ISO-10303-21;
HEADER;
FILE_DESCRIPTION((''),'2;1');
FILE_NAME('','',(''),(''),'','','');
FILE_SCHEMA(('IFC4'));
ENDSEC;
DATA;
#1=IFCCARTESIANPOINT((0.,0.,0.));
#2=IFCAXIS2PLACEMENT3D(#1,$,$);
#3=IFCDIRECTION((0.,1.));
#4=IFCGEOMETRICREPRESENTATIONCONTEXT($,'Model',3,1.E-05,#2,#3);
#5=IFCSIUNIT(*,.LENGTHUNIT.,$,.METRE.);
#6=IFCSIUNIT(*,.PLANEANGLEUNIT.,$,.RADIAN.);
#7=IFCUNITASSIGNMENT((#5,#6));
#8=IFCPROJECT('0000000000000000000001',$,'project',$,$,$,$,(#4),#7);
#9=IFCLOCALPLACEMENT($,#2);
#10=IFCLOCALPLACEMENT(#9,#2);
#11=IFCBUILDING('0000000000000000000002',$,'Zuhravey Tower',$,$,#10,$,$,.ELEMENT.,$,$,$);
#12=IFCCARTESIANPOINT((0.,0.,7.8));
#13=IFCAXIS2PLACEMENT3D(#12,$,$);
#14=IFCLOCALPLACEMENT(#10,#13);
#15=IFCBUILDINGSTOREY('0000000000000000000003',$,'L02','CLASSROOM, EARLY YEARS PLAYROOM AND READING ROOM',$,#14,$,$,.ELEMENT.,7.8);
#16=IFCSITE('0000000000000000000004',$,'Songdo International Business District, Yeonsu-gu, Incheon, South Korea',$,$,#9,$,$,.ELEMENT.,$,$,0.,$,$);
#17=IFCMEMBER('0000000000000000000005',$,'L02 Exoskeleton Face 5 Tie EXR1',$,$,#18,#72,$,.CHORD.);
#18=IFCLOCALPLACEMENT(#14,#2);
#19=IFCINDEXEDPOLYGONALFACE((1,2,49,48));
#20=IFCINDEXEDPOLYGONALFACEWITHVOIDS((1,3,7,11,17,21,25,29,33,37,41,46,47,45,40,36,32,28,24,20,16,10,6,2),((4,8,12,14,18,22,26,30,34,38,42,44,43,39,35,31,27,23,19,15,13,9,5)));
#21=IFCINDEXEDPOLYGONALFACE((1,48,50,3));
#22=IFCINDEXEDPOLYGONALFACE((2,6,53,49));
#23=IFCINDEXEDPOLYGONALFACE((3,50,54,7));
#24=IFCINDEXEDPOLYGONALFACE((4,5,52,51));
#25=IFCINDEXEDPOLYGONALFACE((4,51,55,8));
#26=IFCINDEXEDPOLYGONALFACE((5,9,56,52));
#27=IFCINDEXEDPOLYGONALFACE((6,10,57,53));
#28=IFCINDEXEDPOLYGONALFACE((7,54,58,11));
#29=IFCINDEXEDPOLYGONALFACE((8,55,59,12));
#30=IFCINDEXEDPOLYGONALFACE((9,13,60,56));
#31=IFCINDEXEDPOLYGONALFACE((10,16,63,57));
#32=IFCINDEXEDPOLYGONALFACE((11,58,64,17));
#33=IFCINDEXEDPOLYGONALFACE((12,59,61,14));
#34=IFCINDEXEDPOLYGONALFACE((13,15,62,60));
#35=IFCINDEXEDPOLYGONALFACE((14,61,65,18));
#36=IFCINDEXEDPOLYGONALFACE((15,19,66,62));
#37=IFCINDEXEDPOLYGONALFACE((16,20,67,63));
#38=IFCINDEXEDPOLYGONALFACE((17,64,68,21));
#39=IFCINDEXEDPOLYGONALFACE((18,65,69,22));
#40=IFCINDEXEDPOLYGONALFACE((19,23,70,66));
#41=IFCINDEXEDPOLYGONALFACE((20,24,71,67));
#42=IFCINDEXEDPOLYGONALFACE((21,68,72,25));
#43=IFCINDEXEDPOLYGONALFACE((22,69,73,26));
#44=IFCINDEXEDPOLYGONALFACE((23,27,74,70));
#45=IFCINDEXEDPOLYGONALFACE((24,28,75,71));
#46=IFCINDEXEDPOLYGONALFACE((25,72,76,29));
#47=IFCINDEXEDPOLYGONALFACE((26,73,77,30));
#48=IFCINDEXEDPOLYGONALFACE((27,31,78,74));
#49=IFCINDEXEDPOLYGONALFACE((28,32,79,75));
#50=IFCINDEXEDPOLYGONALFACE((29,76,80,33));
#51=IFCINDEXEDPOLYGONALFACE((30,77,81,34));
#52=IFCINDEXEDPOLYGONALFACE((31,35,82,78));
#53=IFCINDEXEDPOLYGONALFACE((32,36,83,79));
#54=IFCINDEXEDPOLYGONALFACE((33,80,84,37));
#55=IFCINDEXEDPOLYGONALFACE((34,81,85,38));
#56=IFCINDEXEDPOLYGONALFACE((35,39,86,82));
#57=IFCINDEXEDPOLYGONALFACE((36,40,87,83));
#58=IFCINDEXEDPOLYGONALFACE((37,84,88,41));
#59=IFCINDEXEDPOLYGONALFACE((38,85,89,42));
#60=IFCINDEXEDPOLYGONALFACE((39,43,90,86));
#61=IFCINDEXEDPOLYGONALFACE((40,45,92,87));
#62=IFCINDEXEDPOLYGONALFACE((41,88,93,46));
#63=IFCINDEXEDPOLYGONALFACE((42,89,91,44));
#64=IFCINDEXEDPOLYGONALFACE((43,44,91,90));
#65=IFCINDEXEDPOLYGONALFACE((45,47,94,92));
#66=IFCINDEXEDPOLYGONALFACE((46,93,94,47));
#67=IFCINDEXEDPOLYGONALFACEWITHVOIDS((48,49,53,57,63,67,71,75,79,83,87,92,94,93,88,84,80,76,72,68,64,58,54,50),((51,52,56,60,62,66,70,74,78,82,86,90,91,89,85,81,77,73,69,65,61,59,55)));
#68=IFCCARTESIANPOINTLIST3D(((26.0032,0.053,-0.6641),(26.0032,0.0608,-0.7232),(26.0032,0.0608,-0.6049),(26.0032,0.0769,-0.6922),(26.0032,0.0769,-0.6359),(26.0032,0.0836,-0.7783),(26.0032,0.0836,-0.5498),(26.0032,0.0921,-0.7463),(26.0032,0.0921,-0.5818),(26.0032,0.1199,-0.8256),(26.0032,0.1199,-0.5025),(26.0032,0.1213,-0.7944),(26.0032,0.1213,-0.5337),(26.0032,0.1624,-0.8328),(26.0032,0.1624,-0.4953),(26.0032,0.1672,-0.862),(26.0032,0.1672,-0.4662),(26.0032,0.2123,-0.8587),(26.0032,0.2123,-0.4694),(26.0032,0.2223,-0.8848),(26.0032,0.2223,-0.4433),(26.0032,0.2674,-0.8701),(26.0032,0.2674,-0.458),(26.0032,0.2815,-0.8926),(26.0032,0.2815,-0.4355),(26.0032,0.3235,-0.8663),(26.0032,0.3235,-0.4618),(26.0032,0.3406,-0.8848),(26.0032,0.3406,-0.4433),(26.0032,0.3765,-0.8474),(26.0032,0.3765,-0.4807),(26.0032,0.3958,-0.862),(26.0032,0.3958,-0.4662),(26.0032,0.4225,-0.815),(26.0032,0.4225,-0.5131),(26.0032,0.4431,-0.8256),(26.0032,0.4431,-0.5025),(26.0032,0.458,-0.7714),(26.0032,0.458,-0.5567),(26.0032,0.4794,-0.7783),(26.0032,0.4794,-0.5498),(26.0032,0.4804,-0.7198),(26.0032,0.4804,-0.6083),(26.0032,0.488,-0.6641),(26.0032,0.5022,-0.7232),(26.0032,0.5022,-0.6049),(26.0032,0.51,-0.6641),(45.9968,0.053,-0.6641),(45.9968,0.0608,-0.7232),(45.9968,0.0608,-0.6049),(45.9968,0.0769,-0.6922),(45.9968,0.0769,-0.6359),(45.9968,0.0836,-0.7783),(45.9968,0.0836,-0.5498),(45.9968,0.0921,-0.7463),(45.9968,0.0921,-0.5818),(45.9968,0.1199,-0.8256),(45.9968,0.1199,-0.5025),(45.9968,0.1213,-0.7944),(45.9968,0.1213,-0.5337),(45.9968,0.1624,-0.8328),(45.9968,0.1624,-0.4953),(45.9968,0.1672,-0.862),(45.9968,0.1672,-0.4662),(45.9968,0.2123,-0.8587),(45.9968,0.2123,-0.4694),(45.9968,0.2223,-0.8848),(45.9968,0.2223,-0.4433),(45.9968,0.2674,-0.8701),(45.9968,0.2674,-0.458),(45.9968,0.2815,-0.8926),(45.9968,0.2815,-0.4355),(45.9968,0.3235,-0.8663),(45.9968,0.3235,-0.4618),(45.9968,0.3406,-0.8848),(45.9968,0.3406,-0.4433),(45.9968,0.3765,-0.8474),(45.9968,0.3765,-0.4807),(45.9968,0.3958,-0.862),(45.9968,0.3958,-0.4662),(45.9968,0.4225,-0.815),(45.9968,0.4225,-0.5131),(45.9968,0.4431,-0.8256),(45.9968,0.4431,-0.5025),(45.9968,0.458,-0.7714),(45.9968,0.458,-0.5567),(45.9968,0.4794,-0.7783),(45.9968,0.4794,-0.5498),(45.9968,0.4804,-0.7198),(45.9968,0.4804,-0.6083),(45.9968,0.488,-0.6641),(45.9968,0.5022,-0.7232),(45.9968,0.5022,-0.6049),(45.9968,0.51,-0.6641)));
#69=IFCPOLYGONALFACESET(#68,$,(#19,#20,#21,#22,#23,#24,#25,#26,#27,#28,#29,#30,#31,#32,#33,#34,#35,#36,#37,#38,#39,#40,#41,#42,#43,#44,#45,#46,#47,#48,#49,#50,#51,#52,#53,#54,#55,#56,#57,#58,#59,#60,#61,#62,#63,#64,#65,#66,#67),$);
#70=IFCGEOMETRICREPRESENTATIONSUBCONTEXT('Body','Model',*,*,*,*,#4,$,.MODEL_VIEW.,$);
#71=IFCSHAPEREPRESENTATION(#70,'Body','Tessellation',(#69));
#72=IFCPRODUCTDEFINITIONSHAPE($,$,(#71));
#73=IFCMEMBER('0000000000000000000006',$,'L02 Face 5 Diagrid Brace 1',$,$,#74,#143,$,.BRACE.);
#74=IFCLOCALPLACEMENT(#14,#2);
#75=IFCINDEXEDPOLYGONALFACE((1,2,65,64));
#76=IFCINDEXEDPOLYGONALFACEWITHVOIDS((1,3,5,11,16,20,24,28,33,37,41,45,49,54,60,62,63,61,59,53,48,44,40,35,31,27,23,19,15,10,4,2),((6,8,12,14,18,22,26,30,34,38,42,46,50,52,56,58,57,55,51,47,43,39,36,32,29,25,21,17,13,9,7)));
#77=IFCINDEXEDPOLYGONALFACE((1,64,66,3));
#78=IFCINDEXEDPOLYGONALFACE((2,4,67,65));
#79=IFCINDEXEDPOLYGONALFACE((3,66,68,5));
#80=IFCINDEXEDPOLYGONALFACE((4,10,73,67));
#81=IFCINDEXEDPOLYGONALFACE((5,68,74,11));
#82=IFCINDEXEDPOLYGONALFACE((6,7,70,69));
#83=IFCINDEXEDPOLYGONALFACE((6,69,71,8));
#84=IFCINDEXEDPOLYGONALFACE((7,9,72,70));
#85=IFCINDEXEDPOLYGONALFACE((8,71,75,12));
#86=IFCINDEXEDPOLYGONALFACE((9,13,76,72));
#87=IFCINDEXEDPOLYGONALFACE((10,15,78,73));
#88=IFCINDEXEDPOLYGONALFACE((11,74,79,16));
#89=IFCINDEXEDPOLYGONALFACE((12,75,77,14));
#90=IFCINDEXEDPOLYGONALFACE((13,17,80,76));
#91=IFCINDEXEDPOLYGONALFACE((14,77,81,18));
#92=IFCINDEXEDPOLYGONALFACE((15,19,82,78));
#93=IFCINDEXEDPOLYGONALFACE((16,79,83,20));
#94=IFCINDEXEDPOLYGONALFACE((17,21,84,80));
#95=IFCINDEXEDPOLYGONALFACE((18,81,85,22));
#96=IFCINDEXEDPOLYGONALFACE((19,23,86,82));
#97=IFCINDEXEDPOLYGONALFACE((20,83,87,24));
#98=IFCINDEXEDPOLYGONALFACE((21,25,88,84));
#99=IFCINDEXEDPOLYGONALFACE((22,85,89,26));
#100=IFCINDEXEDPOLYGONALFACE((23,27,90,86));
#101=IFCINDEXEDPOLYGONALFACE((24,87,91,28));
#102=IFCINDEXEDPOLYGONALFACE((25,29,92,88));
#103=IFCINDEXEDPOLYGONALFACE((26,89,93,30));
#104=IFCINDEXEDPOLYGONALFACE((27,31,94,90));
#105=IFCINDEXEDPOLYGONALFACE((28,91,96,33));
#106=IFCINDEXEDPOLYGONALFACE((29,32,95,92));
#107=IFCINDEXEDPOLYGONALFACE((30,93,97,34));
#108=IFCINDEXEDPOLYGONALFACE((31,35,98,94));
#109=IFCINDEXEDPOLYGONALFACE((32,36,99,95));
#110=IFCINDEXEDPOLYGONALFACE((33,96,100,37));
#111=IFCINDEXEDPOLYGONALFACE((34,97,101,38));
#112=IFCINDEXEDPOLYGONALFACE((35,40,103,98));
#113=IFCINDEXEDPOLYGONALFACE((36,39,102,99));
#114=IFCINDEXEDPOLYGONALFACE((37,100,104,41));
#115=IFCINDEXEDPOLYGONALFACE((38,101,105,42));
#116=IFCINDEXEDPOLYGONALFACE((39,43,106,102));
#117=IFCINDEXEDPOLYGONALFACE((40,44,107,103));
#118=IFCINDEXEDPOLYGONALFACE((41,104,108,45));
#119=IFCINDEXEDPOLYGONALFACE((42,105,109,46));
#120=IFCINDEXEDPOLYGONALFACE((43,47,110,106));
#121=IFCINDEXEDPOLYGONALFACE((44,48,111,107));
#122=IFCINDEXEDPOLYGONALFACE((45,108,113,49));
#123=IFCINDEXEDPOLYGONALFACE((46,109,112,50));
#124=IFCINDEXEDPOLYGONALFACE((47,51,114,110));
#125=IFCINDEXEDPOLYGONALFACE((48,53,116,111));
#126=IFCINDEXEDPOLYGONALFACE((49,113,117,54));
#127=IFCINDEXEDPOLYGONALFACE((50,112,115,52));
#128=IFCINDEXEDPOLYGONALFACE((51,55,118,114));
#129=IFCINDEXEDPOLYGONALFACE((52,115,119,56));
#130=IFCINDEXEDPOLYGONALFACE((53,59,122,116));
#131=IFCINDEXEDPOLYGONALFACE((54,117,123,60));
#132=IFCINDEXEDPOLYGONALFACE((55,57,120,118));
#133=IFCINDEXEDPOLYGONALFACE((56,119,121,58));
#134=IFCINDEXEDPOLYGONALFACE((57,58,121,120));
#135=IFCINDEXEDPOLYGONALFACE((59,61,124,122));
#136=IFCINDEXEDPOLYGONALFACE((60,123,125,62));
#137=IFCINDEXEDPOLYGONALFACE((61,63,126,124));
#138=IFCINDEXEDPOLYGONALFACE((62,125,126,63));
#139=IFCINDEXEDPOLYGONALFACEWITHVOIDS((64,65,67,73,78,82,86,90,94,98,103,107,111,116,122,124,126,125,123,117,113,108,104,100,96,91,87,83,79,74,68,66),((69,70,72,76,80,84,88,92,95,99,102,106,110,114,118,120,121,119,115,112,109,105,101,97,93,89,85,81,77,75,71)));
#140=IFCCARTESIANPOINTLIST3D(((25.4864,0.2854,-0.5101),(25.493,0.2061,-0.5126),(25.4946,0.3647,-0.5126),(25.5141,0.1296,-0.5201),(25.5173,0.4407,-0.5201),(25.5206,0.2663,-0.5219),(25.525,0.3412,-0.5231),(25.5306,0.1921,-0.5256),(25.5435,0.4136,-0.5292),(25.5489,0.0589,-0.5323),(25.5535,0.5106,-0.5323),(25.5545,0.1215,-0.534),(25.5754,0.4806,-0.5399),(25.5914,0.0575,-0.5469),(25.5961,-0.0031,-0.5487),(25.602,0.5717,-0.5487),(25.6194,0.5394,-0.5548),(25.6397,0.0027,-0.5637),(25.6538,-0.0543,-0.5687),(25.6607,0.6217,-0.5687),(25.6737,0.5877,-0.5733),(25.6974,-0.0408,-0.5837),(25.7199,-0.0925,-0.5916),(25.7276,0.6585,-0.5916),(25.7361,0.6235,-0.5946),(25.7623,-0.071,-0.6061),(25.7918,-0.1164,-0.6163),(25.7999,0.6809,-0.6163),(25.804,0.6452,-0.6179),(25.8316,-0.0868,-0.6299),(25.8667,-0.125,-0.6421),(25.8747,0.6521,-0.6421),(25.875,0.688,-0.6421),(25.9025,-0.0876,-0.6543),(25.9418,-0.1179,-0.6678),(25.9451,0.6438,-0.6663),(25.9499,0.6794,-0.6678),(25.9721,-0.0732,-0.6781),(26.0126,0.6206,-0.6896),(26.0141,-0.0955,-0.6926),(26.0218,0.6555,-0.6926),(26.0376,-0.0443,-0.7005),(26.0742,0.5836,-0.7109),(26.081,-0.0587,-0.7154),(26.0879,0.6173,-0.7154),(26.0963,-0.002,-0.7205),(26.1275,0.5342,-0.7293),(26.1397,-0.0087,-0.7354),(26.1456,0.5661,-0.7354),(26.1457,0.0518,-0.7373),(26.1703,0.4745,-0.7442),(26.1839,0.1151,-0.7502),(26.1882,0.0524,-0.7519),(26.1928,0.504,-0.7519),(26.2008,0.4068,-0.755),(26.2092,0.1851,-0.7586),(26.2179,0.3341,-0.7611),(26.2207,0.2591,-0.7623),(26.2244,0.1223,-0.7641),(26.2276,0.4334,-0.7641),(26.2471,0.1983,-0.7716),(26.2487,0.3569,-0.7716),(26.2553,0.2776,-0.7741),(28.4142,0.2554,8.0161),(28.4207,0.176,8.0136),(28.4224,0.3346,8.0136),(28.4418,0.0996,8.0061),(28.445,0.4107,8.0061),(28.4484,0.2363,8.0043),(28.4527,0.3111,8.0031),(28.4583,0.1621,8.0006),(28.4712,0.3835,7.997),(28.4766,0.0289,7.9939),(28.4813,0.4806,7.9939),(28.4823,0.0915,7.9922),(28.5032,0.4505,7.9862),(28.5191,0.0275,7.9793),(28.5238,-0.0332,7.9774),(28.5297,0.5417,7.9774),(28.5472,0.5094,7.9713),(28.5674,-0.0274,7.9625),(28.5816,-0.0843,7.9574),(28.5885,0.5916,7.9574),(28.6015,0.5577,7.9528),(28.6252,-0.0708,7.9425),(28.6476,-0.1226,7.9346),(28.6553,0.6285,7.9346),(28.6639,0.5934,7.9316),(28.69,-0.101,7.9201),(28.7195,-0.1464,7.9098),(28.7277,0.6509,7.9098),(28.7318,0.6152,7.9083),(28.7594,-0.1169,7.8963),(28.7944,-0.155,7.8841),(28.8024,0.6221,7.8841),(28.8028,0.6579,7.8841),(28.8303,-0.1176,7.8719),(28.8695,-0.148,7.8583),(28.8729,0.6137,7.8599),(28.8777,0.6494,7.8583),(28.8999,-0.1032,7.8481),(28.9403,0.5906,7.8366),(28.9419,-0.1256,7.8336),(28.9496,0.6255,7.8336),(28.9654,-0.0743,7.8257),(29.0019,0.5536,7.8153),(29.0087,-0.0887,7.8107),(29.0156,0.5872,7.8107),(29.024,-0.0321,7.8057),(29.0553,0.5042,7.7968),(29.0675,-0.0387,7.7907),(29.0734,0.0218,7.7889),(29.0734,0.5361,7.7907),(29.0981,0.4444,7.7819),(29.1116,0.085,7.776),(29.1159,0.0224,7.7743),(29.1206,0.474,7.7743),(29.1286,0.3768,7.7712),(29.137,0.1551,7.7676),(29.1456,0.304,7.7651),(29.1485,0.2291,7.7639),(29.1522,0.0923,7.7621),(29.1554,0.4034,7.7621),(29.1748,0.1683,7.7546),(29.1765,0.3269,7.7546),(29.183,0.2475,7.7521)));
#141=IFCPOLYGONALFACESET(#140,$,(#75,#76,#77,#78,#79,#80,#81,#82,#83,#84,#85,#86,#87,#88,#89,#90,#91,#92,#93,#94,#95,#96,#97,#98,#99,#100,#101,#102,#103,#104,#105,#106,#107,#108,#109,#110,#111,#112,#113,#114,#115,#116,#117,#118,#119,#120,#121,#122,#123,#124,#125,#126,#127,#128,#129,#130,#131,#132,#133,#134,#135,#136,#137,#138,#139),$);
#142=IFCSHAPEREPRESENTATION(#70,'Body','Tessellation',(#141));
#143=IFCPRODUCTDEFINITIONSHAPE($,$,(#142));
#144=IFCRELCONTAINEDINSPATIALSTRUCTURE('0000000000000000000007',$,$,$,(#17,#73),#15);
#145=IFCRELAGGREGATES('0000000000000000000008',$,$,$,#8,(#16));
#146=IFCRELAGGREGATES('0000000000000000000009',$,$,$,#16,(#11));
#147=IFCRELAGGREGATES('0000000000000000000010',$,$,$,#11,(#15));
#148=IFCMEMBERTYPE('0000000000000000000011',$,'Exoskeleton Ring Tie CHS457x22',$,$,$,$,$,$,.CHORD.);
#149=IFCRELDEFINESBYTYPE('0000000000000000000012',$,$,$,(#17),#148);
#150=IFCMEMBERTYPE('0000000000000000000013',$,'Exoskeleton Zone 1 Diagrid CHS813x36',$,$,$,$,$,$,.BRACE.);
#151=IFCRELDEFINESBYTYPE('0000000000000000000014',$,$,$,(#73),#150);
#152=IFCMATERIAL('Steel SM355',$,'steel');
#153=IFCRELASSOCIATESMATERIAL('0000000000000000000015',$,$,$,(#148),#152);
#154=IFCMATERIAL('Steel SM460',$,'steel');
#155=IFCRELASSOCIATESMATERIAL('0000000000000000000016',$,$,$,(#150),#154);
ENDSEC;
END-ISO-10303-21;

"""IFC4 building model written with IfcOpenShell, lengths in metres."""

from ifc_helpers import new_model, si_unit, direction, frame, origin, origin_2d, place, context, subcontext, project, spatial, hollow_circle, extrude, material, material_profile, profile_set, type_object, element, save


model = new_model("IFC4")

# Units and contexts
model_context = context("Model", 3, precision=1e-05, world=origin(), true_north=direction((0.0, 1.0)))
body_context = subcontext(model_context, "Body", "Model", "MODEL_VIEW")
ifc_project = project(units=[si_unit("LENGTHUNIT", "METRE"), si_unit("PLANEANGLEUNIT", "RADIAN")], contexts=[model_context])

# Site, building, storey
site_placement = place(None, origin())
site = spatial("IfcSite", under=ifc_project, at=site_placement, Name="Songdo International Business District, Yeonsu-gu, Incheon, South Korea", CompositionType="ELEMENT", RefElevation=0.0)
building_placement = place(site_placement, origin())
building = spatial("IfcBuilding", under=site, at=building_placement, Name="Zuhravey Tower", CompositionType="ELEMENT")
storey_placement = place(building_placement, frame((0.0, 0.0, 7.8)))
storey = spatial("IfcBuildingStorey", under=building, at=storey_placement, Name="L02", Description="CLASSROOM, EARLY YEARS PLAYROOM AND READING ROOM", CompositionType="ELEMENT", Elevation=7.8)

# Members
ifc_material_1 = material(Name="Steel SM355", Category="steel")
ifc_material_profile_1 = material_profile(ifc_material_1, hollow_circle(Radius=0.2285, WallThickness=0.022, at=origin_2d()), Name="CHS-457.2x22")
ifc_profile_set_1 = profile_set([ifc_material_profile_1], Name="Steel SM355")
member_type_1 = type_object("IfcMemberType", Name="Exoskeleton Ring Tie CHS457x22", PredefinedType="CHORD", material=ifc_profile_set_1)
member_1_placement = place(storey_placement, frame((26.0032, 0.2815, -0.6641), z_axis=(1.0, 0.0, 0.0), x_axis=(0.0, 1.0, 0.0)))
element("IfcMember", 1, at=member_1_placement, inside=storey, type_object=member_type_1, Name="L02 Exoskeleton Face 5 Tie EXR1", PredefinedType="CHORD", context=body_context, shape_type="SweptSolid", body=[
    extrude(hollow_circle(Radius=0.2285, WallThickness=0.022, at=origin_2d()), origin(), (0.0, 0.0, 1.0), 19.9937),
])
ifc_material_2 = material(Name="Steel SM460", Category="steel")
ifc_material_profile_2 = material_profile(ifc_material_2, hollow_circle(Radius=0.4065, WallThickness=0.0359, at=origin_2d()), Name="CHS-812.8x36")
ifc_profile_set_2 = profile_set([ifc_material_profile_2], Name="Steel SM460")
member_type_2 = type_object("IfcMemberType", Name="Exoskeleton Zone 1 Diagrid CHS813x36", PredefinedType="BRACE", material=ifc_profile_set_2)
member_2_placement = place(storey_placement, frame((25.8708, 0.2815, -0.6421), z_axis=(0.324768, -0.003331, 0.945788), x_axis=(0.010256, 0.999947, 0.0)))
element("IfcMember", 2, at=member_2_placement, inside=storey, type_object=member_type_2, Name="L02 Face 5 Diagrid Brace 1", PredefinedType="BRACE", context=body_context, shape_type="SweptSolid", body=[
    extrude(hollow_circle(Radius=0.4065, WallThickness=0.0359, at=origin_2d()), origin(), (0.0, 0.0, 1.0), 9.0149),
])

save(model, "model.ifc")
